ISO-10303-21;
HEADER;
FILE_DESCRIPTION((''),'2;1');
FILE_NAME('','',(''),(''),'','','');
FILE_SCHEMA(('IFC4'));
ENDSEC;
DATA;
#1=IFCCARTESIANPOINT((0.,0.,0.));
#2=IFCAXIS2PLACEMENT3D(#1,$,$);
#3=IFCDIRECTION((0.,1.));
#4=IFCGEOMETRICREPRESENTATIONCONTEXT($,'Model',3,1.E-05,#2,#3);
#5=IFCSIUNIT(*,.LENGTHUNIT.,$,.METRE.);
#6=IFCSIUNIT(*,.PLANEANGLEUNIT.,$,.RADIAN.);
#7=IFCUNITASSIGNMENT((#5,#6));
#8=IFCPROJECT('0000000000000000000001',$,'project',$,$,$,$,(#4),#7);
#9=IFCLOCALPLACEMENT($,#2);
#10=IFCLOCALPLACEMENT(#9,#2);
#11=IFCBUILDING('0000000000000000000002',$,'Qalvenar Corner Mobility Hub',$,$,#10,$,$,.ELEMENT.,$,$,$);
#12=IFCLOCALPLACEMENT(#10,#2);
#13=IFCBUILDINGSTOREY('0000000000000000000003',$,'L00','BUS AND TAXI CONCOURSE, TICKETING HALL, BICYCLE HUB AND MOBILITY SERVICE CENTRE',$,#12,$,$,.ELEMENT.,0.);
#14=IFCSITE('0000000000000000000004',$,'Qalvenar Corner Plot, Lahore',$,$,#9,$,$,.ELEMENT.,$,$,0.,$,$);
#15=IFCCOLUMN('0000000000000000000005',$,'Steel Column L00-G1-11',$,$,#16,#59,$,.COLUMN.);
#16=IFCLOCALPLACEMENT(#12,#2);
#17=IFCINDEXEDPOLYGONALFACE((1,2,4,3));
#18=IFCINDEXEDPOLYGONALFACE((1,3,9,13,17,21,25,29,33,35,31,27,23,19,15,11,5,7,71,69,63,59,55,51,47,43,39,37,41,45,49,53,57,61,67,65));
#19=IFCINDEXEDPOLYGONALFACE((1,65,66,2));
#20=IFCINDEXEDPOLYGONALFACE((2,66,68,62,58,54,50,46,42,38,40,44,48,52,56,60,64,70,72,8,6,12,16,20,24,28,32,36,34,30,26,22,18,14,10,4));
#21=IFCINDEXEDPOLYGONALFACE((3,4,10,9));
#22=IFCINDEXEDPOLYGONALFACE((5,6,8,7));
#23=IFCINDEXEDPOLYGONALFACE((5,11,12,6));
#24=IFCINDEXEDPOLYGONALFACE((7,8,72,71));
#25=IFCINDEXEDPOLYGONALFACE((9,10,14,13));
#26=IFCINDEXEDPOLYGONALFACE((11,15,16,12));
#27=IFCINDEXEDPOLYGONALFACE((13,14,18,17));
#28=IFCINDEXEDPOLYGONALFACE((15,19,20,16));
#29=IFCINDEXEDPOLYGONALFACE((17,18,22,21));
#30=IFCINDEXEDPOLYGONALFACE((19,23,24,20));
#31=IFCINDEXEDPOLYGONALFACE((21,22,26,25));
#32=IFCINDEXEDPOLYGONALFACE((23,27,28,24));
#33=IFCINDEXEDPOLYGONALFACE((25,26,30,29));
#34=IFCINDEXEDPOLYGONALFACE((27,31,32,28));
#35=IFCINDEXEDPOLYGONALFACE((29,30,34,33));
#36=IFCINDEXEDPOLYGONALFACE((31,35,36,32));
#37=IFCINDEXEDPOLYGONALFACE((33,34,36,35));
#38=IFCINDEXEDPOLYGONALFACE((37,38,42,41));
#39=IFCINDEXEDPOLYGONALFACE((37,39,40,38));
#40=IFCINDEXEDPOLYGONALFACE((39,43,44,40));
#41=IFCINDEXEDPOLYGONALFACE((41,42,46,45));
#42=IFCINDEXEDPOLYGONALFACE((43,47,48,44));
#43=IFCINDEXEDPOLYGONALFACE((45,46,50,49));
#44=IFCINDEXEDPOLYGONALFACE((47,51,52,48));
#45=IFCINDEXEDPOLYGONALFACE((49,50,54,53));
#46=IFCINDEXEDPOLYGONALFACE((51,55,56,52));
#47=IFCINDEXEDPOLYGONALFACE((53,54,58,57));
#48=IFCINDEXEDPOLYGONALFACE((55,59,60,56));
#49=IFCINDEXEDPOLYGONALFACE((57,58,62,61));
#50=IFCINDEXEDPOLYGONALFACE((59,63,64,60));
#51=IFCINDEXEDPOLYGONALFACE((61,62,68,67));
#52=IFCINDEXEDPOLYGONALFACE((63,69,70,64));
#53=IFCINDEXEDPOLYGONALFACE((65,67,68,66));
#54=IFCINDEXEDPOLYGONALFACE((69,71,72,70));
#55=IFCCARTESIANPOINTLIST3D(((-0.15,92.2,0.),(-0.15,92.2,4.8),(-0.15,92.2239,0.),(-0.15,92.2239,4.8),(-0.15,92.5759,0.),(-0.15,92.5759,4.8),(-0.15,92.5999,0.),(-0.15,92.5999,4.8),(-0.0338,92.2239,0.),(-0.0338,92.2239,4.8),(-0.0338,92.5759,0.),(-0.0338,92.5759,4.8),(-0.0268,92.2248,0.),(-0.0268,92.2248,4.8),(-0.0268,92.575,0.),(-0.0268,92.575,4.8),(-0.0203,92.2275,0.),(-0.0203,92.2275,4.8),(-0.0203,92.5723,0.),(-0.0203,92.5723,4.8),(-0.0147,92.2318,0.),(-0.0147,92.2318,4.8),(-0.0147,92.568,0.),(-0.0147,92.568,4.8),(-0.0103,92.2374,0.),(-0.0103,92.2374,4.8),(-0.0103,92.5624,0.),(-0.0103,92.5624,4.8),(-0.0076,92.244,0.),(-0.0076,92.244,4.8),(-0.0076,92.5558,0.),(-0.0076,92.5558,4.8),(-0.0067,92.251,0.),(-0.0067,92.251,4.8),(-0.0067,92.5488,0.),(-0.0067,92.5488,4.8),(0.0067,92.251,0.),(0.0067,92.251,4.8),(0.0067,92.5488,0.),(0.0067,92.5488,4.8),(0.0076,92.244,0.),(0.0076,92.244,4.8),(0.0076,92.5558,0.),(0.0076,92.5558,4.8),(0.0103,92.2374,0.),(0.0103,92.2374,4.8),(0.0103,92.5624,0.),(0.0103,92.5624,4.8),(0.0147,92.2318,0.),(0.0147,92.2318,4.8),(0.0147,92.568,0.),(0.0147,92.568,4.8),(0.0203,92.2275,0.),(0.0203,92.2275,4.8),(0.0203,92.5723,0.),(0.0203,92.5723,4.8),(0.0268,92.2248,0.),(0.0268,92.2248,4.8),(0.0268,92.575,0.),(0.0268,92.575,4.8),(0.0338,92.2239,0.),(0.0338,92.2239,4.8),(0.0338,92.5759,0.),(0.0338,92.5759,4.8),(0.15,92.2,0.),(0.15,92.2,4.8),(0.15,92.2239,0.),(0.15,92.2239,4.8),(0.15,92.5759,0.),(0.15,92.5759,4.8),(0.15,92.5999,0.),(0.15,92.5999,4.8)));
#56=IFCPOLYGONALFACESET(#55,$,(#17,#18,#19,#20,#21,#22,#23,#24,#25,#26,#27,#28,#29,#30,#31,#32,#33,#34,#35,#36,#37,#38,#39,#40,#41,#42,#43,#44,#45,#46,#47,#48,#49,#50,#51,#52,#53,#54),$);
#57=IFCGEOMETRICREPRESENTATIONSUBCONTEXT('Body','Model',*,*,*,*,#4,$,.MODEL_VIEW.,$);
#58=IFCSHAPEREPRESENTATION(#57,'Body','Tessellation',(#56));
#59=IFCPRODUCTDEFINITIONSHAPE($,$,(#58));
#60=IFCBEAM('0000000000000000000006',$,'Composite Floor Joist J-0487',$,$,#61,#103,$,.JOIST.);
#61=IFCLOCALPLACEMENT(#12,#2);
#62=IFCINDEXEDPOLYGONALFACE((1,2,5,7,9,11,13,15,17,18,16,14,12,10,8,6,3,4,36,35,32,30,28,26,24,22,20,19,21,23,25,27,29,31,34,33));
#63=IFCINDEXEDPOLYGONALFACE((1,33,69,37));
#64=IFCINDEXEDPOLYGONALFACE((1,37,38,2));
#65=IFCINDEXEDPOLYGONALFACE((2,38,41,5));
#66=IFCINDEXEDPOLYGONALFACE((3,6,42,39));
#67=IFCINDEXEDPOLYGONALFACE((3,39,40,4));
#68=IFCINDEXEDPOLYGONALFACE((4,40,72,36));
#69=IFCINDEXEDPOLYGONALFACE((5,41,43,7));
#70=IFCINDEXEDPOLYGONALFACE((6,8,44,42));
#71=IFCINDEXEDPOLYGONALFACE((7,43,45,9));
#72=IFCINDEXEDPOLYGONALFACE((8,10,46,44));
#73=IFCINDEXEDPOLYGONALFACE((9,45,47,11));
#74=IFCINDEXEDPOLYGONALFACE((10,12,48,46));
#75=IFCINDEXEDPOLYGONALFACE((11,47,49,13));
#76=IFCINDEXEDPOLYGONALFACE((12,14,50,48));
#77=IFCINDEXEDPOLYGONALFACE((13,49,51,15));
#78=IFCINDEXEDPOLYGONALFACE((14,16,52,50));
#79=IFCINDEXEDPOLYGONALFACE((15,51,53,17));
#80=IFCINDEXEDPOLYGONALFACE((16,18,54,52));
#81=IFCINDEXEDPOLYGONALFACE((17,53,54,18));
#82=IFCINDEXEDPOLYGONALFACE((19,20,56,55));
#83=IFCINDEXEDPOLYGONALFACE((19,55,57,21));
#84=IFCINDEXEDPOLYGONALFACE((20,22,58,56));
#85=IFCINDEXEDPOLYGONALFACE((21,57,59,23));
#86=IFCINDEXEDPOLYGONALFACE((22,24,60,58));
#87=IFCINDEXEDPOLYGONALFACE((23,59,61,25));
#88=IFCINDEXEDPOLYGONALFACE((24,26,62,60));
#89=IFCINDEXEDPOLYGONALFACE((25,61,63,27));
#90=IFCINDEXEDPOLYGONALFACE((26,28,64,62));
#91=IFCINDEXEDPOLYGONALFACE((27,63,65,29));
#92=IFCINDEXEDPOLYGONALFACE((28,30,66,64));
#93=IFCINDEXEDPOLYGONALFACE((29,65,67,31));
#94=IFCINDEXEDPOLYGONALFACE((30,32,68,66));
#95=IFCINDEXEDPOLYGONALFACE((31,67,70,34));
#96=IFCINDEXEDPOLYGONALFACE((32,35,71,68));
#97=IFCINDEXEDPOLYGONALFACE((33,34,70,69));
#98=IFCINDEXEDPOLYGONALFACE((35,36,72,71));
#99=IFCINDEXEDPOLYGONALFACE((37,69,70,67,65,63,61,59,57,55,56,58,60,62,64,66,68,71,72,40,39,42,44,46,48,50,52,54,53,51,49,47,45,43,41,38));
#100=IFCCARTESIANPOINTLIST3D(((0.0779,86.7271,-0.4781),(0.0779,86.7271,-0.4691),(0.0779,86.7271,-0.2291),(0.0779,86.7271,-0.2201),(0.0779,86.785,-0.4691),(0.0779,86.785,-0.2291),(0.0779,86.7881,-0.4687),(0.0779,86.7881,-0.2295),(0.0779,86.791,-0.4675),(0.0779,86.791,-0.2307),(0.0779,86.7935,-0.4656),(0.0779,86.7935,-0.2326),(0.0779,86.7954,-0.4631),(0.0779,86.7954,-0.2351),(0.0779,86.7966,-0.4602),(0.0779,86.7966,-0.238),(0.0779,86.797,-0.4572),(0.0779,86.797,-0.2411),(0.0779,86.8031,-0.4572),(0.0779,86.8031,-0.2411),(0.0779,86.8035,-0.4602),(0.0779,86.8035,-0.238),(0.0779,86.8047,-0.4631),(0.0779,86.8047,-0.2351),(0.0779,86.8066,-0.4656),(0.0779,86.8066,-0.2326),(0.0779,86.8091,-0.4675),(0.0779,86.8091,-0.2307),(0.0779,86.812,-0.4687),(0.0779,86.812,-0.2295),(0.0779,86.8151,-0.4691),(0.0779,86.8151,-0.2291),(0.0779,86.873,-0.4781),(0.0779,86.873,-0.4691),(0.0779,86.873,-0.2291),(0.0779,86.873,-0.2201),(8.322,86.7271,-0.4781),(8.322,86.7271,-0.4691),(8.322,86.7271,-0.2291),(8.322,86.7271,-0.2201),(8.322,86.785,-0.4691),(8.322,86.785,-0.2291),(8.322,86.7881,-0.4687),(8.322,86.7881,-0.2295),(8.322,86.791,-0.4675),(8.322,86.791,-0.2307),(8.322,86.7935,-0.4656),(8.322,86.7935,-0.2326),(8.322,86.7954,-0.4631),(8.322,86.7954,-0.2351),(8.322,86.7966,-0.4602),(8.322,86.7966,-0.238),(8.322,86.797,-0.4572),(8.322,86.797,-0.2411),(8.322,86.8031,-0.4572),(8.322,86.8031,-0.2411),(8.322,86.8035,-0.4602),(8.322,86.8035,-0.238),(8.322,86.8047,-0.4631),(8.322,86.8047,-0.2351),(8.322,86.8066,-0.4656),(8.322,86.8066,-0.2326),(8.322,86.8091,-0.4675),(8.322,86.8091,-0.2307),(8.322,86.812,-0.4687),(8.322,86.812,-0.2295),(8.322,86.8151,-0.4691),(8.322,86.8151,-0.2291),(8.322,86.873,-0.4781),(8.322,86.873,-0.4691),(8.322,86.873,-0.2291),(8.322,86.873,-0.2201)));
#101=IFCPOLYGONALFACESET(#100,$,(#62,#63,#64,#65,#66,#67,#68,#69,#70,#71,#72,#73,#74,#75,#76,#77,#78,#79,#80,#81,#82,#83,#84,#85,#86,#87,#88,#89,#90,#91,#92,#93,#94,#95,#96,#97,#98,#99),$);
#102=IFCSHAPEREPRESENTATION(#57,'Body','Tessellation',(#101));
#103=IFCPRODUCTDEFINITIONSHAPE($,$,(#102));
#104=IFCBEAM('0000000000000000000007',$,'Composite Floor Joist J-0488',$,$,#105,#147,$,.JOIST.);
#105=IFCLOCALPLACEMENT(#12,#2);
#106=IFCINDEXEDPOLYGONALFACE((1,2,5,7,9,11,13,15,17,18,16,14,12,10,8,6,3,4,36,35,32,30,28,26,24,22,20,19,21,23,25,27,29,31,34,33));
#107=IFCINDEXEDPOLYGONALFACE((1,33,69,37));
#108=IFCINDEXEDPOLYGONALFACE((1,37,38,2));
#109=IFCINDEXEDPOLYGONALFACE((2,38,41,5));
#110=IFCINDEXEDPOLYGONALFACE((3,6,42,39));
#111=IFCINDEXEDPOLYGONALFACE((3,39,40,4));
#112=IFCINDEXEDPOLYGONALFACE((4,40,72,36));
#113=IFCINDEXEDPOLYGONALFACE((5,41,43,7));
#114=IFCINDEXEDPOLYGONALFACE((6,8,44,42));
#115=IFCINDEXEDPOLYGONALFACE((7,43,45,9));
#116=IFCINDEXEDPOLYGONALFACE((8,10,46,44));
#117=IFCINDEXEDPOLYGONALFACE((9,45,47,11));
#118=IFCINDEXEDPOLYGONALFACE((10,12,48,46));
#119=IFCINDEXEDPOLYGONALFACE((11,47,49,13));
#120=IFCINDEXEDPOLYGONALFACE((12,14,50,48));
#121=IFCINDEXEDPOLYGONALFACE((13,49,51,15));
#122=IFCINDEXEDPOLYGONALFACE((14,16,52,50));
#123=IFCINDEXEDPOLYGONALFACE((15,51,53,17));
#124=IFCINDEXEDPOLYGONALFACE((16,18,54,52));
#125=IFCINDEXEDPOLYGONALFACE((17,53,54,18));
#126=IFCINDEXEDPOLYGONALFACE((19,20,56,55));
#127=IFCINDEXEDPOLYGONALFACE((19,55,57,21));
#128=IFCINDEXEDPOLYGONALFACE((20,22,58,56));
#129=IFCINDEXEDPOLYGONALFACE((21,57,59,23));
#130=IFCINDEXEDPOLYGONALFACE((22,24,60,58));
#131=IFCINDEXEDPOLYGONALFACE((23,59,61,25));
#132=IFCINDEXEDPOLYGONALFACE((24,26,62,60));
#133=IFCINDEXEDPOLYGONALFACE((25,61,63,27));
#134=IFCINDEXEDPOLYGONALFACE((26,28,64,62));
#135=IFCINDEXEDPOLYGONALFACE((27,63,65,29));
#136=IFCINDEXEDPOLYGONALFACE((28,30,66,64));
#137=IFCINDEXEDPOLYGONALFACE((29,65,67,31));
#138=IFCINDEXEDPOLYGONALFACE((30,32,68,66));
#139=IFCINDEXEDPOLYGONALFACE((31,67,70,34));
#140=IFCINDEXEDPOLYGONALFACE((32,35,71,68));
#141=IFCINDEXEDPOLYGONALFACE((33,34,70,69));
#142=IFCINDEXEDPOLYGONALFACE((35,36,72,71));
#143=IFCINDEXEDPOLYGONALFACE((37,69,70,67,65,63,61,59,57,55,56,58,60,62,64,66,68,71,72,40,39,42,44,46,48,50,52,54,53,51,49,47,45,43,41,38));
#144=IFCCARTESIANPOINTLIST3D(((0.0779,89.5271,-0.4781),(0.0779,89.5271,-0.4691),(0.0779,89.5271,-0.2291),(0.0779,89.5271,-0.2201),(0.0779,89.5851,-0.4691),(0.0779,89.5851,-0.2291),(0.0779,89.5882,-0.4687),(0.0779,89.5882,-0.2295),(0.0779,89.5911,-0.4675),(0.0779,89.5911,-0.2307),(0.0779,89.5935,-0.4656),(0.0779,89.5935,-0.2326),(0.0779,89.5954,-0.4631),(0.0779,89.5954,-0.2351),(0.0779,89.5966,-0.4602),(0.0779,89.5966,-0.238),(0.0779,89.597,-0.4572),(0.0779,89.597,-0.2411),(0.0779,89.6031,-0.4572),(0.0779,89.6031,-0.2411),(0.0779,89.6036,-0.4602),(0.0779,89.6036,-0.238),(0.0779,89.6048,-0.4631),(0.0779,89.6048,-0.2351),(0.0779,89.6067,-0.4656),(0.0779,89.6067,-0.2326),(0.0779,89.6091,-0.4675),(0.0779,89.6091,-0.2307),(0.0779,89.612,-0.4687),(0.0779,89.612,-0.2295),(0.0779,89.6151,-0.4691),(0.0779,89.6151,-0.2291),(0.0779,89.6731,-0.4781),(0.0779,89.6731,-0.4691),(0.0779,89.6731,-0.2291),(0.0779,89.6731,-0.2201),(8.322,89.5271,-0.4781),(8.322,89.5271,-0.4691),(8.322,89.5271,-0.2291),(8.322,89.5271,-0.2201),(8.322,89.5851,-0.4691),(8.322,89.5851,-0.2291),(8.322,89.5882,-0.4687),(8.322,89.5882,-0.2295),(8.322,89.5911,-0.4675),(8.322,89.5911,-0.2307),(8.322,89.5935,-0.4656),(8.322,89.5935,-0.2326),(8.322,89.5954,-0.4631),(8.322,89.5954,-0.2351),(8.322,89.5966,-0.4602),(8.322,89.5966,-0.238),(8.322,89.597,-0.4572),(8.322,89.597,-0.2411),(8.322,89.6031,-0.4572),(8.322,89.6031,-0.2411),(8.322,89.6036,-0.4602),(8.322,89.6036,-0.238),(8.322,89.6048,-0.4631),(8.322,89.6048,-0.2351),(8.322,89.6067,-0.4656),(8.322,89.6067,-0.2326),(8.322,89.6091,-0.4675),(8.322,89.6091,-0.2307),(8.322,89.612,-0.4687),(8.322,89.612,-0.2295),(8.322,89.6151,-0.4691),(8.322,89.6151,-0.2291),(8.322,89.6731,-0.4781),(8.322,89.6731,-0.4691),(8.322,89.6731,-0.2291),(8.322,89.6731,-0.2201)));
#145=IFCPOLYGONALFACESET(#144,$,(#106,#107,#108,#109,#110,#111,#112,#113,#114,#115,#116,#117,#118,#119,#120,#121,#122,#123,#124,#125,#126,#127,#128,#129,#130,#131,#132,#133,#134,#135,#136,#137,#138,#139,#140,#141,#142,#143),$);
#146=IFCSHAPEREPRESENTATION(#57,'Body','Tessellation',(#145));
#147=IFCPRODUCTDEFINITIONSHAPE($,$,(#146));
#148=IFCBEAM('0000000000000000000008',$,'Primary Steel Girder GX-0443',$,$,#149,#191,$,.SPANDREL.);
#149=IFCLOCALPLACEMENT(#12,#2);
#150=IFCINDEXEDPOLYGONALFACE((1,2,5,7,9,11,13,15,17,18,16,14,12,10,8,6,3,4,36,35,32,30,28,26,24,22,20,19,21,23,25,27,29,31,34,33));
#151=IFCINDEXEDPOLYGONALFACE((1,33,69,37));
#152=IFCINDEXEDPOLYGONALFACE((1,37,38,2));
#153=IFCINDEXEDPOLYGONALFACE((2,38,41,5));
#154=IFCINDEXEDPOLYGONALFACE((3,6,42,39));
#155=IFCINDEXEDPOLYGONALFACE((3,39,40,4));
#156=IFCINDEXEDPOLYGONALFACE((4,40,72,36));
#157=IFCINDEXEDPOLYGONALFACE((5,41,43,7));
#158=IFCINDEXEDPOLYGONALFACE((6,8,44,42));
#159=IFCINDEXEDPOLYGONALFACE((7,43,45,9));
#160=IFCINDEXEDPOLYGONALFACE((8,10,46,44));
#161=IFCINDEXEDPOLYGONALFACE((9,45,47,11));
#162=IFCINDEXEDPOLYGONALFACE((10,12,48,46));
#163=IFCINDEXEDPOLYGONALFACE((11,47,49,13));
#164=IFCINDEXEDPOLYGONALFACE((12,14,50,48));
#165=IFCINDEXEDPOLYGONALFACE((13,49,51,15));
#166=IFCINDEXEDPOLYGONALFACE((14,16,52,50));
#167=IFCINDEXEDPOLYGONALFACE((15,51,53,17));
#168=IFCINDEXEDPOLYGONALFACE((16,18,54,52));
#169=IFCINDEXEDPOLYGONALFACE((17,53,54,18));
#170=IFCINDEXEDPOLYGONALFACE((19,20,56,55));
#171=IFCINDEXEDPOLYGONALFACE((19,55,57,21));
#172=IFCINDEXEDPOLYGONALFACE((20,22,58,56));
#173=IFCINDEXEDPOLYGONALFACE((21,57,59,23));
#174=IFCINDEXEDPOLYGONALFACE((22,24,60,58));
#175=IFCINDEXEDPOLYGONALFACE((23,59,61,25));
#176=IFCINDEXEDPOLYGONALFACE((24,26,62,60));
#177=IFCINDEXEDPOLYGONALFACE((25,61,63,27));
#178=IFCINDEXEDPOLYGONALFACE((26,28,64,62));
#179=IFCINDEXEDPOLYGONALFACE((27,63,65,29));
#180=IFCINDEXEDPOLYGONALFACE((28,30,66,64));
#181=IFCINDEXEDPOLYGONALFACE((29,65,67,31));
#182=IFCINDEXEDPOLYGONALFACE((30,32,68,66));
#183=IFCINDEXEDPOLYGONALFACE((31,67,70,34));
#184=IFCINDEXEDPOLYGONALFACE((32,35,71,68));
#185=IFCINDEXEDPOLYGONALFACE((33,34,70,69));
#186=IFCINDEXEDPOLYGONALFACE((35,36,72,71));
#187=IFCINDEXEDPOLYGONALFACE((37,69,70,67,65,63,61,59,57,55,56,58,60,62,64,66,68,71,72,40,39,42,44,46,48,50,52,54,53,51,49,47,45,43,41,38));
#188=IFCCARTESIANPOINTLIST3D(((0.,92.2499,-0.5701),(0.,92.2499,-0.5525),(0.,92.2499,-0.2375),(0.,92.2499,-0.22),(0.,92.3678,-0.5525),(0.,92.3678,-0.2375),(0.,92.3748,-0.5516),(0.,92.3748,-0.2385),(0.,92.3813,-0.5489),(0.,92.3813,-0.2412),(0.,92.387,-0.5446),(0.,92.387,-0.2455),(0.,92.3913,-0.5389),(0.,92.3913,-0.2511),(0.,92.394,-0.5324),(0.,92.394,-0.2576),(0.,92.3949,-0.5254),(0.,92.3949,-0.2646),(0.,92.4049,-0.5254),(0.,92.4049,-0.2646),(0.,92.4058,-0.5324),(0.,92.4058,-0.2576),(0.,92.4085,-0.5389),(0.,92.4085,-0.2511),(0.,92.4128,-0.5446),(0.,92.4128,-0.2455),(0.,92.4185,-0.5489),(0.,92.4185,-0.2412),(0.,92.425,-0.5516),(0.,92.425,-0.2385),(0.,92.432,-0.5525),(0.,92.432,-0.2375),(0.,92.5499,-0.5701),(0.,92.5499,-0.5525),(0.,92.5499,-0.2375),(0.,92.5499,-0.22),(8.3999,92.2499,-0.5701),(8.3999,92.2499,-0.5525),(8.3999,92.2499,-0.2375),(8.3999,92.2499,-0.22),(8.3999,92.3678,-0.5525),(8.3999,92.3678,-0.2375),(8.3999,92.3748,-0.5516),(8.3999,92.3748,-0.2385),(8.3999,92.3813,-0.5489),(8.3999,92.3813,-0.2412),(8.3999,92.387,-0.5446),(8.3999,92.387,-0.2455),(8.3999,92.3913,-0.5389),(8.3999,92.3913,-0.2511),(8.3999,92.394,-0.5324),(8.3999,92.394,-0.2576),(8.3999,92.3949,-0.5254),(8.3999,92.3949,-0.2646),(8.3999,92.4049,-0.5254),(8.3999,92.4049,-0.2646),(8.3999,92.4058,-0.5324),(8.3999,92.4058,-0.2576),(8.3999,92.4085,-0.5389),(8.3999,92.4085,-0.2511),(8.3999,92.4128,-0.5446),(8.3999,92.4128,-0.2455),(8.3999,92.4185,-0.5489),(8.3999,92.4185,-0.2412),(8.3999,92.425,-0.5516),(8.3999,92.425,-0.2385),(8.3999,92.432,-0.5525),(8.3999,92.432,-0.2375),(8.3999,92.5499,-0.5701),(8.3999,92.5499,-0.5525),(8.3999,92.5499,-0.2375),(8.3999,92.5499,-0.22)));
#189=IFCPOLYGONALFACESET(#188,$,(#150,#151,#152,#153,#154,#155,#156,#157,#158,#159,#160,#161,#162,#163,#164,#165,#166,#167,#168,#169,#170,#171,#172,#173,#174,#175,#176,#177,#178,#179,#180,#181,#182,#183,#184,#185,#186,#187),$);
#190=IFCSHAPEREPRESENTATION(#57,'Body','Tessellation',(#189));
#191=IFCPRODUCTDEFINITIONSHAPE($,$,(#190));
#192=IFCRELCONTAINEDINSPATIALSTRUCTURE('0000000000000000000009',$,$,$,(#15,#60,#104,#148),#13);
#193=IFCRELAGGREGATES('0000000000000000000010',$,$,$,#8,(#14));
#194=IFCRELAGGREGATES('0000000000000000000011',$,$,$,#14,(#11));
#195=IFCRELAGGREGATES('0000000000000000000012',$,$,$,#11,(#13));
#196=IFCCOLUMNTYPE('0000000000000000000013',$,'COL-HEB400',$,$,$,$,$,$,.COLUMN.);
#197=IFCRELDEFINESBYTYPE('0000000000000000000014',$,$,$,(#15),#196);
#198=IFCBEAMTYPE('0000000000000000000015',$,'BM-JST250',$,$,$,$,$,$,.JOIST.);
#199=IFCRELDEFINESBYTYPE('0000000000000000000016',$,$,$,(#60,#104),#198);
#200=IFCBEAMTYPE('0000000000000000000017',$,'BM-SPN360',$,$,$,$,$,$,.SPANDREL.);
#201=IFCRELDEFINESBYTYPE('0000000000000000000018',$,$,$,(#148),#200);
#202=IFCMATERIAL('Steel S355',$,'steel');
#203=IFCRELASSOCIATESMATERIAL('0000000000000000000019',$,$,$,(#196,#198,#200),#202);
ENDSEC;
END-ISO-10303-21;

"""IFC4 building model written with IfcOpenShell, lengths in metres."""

from ifc_helpers import new_model, si_unit, direction, frame, origin, origin_2d, place, context, subcontext, project, spatial, i_section, extrude, material, material_profile, profile_set, type_object, element, save


model = new_model("IFC4")

# Units and contexts
model_context = context("Model", 3, precision=1e-05, world=origin(), true_north=direction((0.0, 1.0)))
body_context = subcontext(model_context, "Body", "Model", "MODEL_VIEW")
ifc_project = project(units=[si_unit("LENGTHUNIT", "METRE"), si_unit("PLANEANGLEUNIT", "RADIAN")], contexts=[model_context])

# Site, building, storey
site_placement = place(None, origin())
site = spatial("IfcSite", under=ifc_project, at=site_placement, Name="Qalvenar Corner Plot, Lahore", CompositionType="ELEMENT", RefElevation=0.0)
building_placement = place(site_placement, origin())
building = spatial("IfcBuilding", under=site, at=building_placement, Name="Qalvenar Corner Mobility Hub", CompositionType="ELEMENT")
storey_placement = place(building_placement, origin())
storey = spatial("IfcBuildingStorey", under=building, at=storey_placement, Name="L00", Description="BUS AND TAXI CONCOURSE, TICKETING HALL, BICYCLE HUB AND MOBILITY SERVICE CENTRE", CompositionType="ELEMENT", Elevation=0.0)

# Column
ifc_material_1 = material(Name="Steel S355", Category="steel")
ifc_material_profile_1 = material_profile(ifc_material_1, i_section(OverallWidth=0.3, OverallDepth=0.3999, WebThickness=0.0134, FlangeThickness=0.0239, FilletRadius=0.0271, at=origin_2d()), Name="HEB400")
ifc_profile_set_1 = profile_set([ifc_material_profile_1], Name="Steel S355")
column_type = type_object("IfcColumnType", Name="COL-HEB400", PredefinedType="COLUMN", material=ifc_profile_set_1)
column_placement = place(storey_placement, frame((0.0, 92.3999, 0.0), z_axis=(0.0, 0.0, 1.0), x_axis=(1.0, 0.0, 0.0)))
element("IfcColumn", 1, at=column_placement, inside=storey, type_object=column_type, Name="Steel Column L00-G1-11", PredefinedType="COLUMN", context=body_context, shape_type="SweptSolid", body=[
    extrude(i_section(OverallWidth=0.3, OverallDepth=0.3999, WebThickness=0.0134, FlangeThickness=0.0239, FilletRadius=0.0271, at=origin_2d()), origin(), (0.0, 0.0, 1.0), 4.8),
])

# Beams
ifc_material_profile_2 = material_profile(ifc_material_1, i_section(OverallWidth=0.146, OverallDepth=0.2581, WebThickness=0.0061, FlangeThickness=0.009, FilletRadius=0.012, at=origin_2d()), Name="W250x32.7")
ifc_profile_set_2 = profile_set([ifc_material_profile_2], Name="Steel S355")
beam_type_1 = type_object("IfcBeamType", Name="BM-JST250", PredefinedType="JOIST", material=ifc_profile_set_2)
for number, where, z_axis, x_axis, name in (
    (2, (0.0779, 86.8, -0.3491), (1.0, 0.0, 0.0), (0.0, 1.0, 0.0), "Composite Floor Joist J-0487"),
    (3, (0.0779, 89.6001, -0.3491), (1.0, 0.0, 0.0), (0.0, 1.0, 0.0), "Composite Floor Joist J-0488"),
):
    element("IfcBeam", number, at=place(storey_placement, frame(where, z_axis=z_axis, x_axis=x_axis)), inside=storey, type_object=beam_type_1, Name=name, PredefinedType="JOIST", context=body_context, shape_type="SweptSolid", body=[
        extrude(i_section(OverallWidth=0.146, OverallDepth=0.2581, WebThickness=0.0061, FlangeThickness=0.009, FilletRadius=0.012, at=origin_2d()), origin(), (0.0, 0.0, 1.0), 8.2441),
    ])
ifc_material_profile_3 = material_profile(ifc_material_1, i_section(OverallWidth=0.3, OverallDepth=0.3501, WebThickness=0.01, FlangeThickness=0.0176, FilletRadius=0.0271, at=origin_2d()), Name="HEA360")
ifc_profile_set_3 = profile_set([ifc_material_profile_3], Name="Steel S355")
beam_type_2 = type_object("IfcBeamType", Name="BM-SPN360", PredefinedType="SPANDREL", material=ifc_profile_set_3)
beam_placement = place(storey_placement, frame((0.0, 92.3999, -0.395), z_axis=(1.0, 0.0, 0.0), x_axis=(0.0, 1.0, 0.0)))
element("IfcBeam", 4, at=beam_placement, inside=storey, type_object=beam_type_2, Name="Primary Steel Girder GX-0443", PredefinedType="SPANDREL", context=body_context, shape_type="SweptSolid", body=[
    extrude(i_section(OverallWidth=0.3, OverallDepth=0.3501, WebThickness=0.01, FlangeThickness=0.0176, FilletRadius=0.0271, at=origin_2d()), origin(), (0.0, 0.0, 1.0), 8.3999),
])

save(model, "model.ifc")
